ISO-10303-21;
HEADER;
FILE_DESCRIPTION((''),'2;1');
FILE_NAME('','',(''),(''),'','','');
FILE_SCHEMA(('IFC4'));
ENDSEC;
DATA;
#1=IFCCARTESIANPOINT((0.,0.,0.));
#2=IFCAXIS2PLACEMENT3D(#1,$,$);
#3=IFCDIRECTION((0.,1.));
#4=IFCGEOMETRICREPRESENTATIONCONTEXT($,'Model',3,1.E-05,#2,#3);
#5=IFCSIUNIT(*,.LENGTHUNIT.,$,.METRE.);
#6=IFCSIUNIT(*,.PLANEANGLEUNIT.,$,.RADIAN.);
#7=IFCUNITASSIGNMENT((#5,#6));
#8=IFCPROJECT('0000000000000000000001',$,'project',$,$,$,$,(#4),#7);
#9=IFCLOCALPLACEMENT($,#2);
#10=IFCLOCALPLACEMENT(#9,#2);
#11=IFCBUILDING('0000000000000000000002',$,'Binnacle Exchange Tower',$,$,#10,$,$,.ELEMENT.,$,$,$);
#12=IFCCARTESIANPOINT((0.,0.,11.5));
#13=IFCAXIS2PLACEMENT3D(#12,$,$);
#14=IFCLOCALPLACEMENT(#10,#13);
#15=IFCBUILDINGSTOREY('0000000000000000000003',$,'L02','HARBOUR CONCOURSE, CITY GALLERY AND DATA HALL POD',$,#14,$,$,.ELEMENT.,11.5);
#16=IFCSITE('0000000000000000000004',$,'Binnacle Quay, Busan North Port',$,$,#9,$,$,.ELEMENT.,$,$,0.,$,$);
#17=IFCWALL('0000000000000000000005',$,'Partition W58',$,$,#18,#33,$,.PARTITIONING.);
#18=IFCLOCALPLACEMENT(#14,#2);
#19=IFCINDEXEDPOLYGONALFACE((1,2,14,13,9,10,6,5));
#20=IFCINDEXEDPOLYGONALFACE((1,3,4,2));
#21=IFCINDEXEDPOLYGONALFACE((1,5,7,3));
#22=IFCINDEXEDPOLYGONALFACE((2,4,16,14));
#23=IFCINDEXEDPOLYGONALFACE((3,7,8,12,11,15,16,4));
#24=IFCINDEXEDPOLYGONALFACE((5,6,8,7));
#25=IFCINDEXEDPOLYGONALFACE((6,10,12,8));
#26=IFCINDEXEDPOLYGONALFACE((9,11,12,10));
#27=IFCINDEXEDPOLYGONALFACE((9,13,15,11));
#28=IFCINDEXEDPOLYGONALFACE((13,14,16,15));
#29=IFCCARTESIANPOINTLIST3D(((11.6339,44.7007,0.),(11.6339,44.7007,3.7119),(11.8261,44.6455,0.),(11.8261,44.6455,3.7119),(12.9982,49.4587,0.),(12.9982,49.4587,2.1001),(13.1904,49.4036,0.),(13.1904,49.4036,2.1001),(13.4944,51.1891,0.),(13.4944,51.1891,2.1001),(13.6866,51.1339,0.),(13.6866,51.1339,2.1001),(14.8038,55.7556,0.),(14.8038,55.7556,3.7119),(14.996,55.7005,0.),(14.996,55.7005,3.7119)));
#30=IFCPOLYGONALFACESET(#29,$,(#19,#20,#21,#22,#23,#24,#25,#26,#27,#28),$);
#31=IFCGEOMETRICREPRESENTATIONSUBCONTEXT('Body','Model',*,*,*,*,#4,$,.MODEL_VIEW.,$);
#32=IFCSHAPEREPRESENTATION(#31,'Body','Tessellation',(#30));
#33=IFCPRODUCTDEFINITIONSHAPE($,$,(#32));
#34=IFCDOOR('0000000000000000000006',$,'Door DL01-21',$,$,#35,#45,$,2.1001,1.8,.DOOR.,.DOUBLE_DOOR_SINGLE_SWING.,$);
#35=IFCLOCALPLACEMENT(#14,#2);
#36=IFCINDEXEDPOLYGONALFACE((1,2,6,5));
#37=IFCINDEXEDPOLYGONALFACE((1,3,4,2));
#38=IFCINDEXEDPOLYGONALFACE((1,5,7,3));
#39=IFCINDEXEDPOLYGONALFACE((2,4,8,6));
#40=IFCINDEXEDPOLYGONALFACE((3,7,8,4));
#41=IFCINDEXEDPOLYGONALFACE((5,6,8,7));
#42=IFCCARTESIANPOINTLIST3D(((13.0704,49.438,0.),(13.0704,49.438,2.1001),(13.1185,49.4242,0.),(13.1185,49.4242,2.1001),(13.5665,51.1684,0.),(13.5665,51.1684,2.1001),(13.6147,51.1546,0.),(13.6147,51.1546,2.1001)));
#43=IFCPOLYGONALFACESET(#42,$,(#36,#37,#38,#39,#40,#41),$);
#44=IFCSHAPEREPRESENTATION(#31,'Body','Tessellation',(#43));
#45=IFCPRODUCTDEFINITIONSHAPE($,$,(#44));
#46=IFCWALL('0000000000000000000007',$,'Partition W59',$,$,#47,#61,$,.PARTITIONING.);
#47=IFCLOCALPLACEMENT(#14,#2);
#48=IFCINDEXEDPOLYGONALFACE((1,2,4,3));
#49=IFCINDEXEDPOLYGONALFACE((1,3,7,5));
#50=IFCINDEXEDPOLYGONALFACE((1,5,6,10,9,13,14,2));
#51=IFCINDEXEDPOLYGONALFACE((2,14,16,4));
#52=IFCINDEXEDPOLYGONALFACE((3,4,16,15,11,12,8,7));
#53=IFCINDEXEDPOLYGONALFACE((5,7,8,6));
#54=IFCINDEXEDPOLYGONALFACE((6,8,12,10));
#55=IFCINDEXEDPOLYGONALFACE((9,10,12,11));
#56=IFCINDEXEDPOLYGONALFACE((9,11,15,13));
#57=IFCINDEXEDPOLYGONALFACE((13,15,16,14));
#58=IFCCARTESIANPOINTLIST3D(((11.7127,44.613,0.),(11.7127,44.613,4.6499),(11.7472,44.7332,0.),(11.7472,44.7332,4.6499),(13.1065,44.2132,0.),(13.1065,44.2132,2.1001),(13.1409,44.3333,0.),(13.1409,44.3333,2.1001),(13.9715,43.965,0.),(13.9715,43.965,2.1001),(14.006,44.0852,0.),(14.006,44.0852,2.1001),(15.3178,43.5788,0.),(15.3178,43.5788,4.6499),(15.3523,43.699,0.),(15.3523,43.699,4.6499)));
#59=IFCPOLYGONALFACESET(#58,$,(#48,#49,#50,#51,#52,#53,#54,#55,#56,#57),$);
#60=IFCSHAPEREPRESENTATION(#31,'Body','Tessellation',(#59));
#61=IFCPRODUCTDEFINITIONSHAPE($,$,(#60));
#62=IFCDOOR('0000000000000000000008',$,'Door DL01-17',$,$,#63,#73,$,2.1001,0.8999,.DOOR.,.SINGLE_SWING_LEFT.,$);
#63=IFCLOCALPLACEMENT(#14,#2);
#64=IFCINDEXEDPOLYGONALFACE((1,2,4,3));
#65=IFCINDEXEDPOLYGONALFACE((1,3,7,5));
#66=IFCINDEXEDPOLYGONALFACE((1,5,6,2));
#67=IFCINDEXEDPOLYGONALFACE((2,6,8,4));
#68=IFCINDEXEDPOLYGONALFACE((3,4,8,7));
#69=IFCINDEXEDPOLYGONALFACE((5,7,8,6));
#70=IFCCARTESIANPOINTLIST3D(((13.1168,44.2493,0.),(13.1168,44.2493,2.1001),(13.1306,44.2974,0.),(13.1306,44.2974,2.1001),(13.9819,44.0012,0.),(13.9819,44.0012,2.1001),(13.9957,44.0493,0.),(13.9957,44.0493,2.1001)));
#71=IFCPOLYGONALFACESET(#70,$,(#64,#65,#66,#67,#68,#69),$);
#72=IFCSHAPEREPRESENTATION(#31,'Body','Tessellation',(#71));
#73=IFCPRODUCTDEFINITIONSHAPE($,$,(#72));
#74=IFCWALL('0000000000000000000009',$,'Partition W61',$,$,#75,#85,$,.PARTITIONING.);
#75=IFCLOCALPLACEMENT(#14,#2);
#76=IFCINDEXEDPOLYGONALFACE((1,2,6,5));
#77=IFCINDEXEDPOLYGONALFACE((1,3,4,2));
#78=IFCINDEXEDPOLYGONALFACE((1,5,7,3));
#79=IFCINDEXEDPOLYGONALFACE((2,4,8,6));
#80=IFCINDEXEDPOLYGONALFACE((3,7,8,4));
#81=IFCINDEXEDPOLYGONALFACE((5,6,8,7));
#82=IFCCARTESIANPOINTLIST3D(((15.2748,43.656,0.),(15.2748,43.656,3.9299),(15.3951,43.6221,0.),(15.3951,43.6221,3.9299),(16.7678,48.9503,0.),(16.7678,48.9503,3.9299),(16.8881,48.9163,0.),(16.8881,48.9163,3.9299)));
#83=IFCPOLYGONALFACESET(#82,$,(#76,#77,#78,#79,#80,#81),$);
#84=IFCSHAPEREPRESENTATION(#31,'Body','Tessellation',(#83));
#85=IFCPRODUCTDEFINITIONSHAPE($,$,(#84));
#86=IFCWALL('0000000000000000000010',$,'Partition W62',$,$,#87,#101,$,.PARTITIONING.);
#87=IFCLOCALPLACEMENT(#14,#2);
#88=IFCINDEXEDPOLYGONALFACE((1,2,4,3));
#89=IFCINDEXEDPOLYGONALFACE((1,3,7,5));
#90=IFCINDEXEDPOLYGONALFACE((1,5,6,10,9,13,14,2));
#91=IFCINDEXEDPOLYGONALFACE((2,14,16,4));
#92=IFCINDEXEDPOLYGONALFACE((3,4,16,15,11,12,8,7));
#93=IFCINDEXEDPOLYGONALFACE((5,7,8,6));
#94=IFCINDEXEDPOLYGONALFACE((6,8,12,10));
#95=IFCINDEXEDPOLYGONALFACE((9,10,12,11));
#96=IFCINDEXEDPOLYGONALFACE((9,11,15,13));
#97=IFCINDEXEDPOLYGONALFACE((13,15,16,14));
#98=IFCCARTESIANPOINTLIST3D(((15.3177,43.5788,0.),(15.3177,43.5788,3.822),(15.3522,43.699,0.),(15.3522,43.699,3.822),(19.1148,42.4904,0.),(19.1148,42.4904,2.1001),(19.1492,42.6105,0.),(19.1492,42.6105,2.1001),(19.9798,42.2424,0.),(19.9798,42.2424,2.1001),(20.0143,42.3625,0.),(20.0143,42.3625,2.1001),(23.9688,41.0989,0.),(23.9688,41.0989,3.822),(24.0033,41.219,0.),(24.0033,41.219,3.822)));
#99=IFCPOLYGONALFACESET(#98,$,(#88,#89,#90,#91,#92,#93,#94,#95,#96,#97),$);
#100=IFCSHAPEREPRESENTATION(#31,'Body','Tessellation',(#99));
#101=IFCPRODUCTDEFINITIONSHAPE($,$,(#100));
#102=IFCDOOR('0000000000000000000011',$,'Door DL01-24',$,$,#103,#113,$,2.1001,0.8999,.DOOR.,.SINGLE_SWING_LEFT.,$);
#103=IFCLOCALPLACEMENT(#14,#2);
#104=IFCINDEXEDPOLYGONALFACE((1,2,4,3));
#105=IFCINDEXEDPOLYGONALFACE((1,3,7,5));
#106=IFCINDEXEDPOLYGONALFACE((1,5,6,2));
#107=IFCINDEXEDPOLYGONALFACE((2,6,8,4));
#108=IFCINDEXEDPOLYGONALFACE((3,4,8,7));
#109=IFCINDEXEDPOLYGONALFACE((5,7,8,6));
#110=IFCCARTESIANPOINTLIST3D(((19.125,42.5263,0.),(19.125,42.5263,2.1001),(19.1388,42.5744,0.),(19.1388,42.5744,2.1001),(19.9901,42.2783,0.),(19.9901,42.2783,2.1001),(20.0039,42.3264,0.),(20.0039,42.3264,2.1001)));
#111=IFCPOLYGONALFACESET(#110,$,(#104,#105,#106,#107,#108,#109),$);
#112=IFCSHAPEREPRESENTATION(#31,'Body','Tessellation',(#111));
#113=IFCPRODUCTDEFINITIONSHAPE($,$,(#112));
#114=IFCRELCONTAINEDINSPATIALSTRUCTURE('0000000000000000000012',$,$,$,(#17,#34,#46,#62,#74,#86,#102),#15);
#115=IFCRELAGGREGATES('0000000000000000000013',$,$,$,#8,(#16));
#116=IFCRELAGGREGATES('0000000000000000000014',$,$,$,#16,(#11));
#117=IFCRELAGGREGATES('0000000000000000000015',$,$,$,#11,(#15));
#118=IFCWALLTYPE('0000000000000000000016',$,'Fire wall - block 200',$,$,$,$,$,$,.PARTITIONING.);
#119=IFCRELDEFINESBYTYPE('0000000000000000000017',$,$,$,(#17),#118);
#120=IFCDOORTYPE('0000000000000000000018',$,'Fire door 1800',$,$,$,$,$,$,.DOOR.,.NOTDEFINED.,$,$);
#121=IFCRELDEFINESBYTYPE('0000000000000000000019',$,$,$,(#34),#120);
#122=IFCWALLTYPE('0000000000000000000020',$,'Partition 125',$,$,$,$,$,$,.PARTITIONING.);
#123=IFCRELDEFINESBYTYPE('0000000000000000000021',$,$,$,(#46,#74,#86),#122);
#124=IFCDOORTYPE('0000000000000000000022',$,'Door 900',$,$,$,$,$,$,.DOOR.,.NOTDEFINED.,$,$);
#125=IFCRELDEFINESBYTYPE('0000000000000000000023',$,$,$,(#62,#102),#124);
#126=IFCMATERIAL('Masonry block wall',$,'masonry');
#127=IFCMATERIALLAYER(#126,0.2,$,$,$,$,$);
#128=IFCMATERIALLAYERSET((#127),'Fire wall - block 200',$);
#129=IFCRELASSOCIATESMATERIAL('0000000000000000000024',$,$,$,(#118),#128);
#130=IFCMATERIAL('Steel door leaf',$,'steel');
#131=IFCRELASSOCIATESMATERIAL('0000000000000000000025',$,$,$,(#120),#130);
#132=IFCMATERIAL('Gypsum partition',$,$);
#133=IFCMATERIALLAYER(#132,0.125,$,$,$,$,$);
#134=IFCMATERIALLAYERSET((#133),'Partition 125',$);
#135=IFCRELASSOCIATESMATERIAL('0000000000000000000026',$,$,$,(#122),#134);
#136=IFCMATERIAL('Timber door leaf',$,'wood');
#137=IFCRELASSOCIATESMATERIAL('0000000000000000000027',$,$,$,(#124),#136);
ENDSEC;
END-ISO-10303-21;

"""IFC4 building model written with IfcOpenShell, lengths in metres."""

from ifc_helpers import new_model, si_unit, direction, frame, frame_2d, origin, place, context, subcontext, project, spatial, rectangle, extrude, material, layer, layer_set, type_object, element, fill, save


model = new_model("IFC4")

# Units and contexts
model_context = context("Model", 3, precision=1e-05, world=origin(), true_north=direction((0.0, 1.0)))
body_context = subcontext(model_context, "Body", "Model", "MODEL_VIEW")
ifc_project = project(units=[si_unit("LENGTHUNIT", "METRE"), si_unit("PLANEANGLEUNIT", "RADIAN")], contexts=[model_context])

# Site, building, storey
site_placement = place(None, origin())
site = spatial("IfcSite", under=ifc_project, at=site_placement, Name="Binnacle Quay, Busan North Port", CompositionType="ELEMENT", RefElevation=0.0)
building_placement = place(site_placement, origin())
building = spatial("IfcBuilding", under=site, at=building_placement, Name="Binnacle Exchange Tower", CompositionType="ELEMENT")
storey_placement = place(building_placement, frame((0.0, 0.0, 11.5)))
storey = spatial("IfcBuildingStorey", under=building, at=storey_placement, Name="L02", Description="HARBOUR CONCOURSE, CITY GALLERY AND DATA HALL POD", CompositionType="ELEMENT", Elevation=11.5)

# Walls, openings, doors
ifc_material_1 = material(Name="Steel door leaf", Category="steel")
ifc_material_2 = material(Name="Masonry block wall", Category="masonry")
ifc_layer_1 = layer(ifc_material_2, 0.2)
ifc_layer_set_1 = layer_set([ifc_layer_1], Name="Fire wall - block 200")
wall_type_1 = type_object("IfcWallType", Name="Fire wall - block 200", PredefinedType="PARTITIONING", material=ifc_layer_set_1)
wall_1_placement = place(storey_placement, frame((11.73, 44.6731, 0.0), z_axis=(0.0, 0.0, 1.0), x_axis=(0.275635, 0.961262, 0.0)))
wall_1 = element("IfcWall", 1, at=wall_1_placement, inside=storey, type_object=wall_type_1, Name="Partition W58", PredefinedType="PARTITIONING", context=body_context, shape_type="SweptSolid", body=[
    extrude(rectangle(XDim=11.5005, YDim=0.2, at=frame_2d((5.7502, 0.0))), origin(), (0.0, 0.0, 1.0), 3.7119),
])
opening_1_placement = place(wall_1_placement, frame((4.95, 0.0, 0.0)))
opening_1 = element("IfcOpeningElement", 2, at=opening_1_placement, cuts=wall_1, PredefinedType="OPENING", context=body_context, shape_type="SweptSolid", body=[
    extrude(rectangle(XDim=1.8, YDim=2.1001, at=frame_2d((0.8999, 1.05))), frame((0.0, 0.1099, 0.0), z_axis=(0.0, -1.0, 0.0), x_axis=(1.0, 0.0, 0.0)), (0.0, 0.0, 1.0), 0.22),
])
door_type_1 = type_object("IfcDoorType", Name="Fire door 1800", OperationType="NOTDEFINED", PredefinedType="DOOR", material=ifc_material_1)
door_1_placement = place(opening_1_placement, origin())
door_1 = element("IfcDoor", 3, at=door_1_placement, inside=storey, type_object=door_type_1, Name="Door DL01-21", OperationType="DOUBLE_DOOR_SINGLE_SWING", OverallHeight=2.1001, OverallWidth=1.8, PredefinedType="DOOR", context=body_context, shape_type="SweptSolid", body=[
    extrude(rectangle(XDim=1.8, YDim=2.1001, at=frame_2d((0.8999, 1.05))), frame((0.0, 0.0249, 0.0), z_axis=(0.0, -1.0, 0.0), x_axis=(1.0, 0.0, 0.0)), (0.0, 0.0, 1.0), 0.05),
])
fill(opening_1, door_1)
ifc_material_3 = material(Name="Gypsum partition")
ifc_layer_2 = layer(ifc_material_3, 0.125)
ifc_layer_set_2 = layer_set([ifc_layer_2], Name="Partition 125")
wall_type_2 = type_object("IfcWallType", Name="Partition 125", PredefinedType="PARTITIONING", material=ifc_layer_set_2)
wall_2_placement = place(storey_placement, frame((11.73, 44.6731, 0.0), z_axis=(0.0, 0.0, 1.0), x_axis=(0.961229, -0.275753, 0.0)))
wall_2 = element("IfcWall", 4, at=wall_2_placement, inside=storey, type_object=wall_type_2, Name="Partition W59", PredefinedType="PARTITIONING", context=body_context, shape_type="SweptSolid", body=[
    extrude(rectangle(XDim=3.7505, YDim=0.125, at=frame_2d((1.8752, 0.0))), origin(), (0.0, 0.0, 1.0), 4.6499),
])
opening_2_placement = place(wall_2_placement, frame((1.45, 0.0, 0.0)))
opening_2 = element("IfcOpeningElement", 5, at=opening_2_placement, cuts=wall_2, PredefinedType="OPENING", context=body_context, shape_type="SweptSolid", body=[
    extrude(rectangle(XDim=0.8999, YDim=2.1001, at=frame_2d((0.45, 1.05))), frame((0.0, 0.0725, 0.0), z_axis=(0.0, -1.0, 0.0), x_axis=(1.0, 0.0, 0.0)), (0.0, 0.0, 1.0), 0.145),
])
ifc_material_4 = material(Name="Timber door leaf", Category="wood")
door_type_2 = type_object("IfcDoorType", Name="Door 900", OperationType="NOTDEFINED", PredefinedType="DOOR", material=ifc_material_4)
door_2_placement = place(opening_2_placement, frame((0.8999, 0.0, 0.0), z_axis=(0.0, 0.0, 1.0), x_axis=(-1.0, 0.0, 0.0)))
door_2 = element("IfcDoor", 6, at=door_2_placement, inside=storey, type_object=door_type_2, Name="Door DL01-17", OperationType="SINGLE_SWING_LEFT", OverallHeight=2.1001, OverallWidth=0.8999, PredefinedType="DOOR", context=body_context, shape_type="SweptSolid", body=[
    extrude(rectangle(XDim=0.8999, YDim=2.1001, at=frame_2d((0.45, 1.05))), frame((0.0, 0.0249, 0.0), z_axis=(0.0, -1.0, 0.0), x_axis=(1.0, 0.0, 0.0)), (0.0, 0.0, 1.0), 0.05),
])
fill(opening_2, door_2)

# Wall
wall_3_placement = place(storey_placement, frame((15.335, 43.6389, 0.0), z_axis=(0.0, 0.0, 1.0), x_axis=(0.271407, 0.962465, 0.0)))
element("IfcWall", 7, at=wall_3_placement, inside=storey, type_object=wall_type_2, Name="Partition W61", PredefinedType="PARTITIONING", context=body_context, shape_type="SweptSolid", body=[
    extrude(rectangle(XDim=5.5007, YDim=0.125, at=frame_2d((2.7505, 0.0))), origin(), (0.0, 0.0, 1.0), 3.9299),
])

# Wall, opening, door
wall_4_placement = place(storey_placement, frame((15.335, 43.6389, 0.0), z_axis=(0.0, 0.0, 1.0), x_axis=(0.961282, -0.275567, 0.0)))
wall_4 = element("IfcWall", 8, at=wall_4_placement, inside=storey, type_object=wall_type_2, Name="Partition W62", PredefinedType="PARTITIONING", context=body_context, shape_type="SweptSolid", body=[
    extrude(rectangle(XDim=8.9995, YDim=0.125, at=frame_2d((4.4998, 0.0))), origin(), (0.0, 0.0, 1.0), 3.822),
])
opening_3_placement = place(wall_4_placement, frame((3.95, 0.0, 0.0)))
opening_3 = element("IfcOpeningElement", 9, at=opening_3_placement, cuts=wall_4, PredefinedType="OPENING", context=body_context, shape_type="SweptSolid", body=[
    extrude(rectangle(XDim=0.8999, YDim=2.1001, at=frame_2d((0.45, 1.05))), frame((0.0, 0.0725, 0.0), z_axis=(0.0, -1.0, 0.0), x_axis=(1.0, 0.0, 0.0)), (0.0, 0.0, 1.0), 0.145),
])
door_3_placement = place(opening_3_placement, origin())
door_3 = element("IfcDoor", 10, at=door_3_placement, inside=storey, type_object=door_type_2, Name="Door DL01-24", OperationType="SINGLE_SWING_LEFT", OverallHeight=2.1001, OverallWidth=0.8999, PredefinedType="DOOR", context=body_context, shape_type="SweptSolid", body=[
    extrude(rectangle(XDim=0.8999, YDim=2.1001, at=frame_2d((0.45, 1.05))), frame((0.0, 0.0249, 0.0), z_axis=(0.0, -1.0, 0.0), x_axis=(1.0, 0.0, 0.0)), (0.0, 0.0, 1.0), 0.05),
])
fill(opening_3, door_3)

save(model, "model.ifc")
